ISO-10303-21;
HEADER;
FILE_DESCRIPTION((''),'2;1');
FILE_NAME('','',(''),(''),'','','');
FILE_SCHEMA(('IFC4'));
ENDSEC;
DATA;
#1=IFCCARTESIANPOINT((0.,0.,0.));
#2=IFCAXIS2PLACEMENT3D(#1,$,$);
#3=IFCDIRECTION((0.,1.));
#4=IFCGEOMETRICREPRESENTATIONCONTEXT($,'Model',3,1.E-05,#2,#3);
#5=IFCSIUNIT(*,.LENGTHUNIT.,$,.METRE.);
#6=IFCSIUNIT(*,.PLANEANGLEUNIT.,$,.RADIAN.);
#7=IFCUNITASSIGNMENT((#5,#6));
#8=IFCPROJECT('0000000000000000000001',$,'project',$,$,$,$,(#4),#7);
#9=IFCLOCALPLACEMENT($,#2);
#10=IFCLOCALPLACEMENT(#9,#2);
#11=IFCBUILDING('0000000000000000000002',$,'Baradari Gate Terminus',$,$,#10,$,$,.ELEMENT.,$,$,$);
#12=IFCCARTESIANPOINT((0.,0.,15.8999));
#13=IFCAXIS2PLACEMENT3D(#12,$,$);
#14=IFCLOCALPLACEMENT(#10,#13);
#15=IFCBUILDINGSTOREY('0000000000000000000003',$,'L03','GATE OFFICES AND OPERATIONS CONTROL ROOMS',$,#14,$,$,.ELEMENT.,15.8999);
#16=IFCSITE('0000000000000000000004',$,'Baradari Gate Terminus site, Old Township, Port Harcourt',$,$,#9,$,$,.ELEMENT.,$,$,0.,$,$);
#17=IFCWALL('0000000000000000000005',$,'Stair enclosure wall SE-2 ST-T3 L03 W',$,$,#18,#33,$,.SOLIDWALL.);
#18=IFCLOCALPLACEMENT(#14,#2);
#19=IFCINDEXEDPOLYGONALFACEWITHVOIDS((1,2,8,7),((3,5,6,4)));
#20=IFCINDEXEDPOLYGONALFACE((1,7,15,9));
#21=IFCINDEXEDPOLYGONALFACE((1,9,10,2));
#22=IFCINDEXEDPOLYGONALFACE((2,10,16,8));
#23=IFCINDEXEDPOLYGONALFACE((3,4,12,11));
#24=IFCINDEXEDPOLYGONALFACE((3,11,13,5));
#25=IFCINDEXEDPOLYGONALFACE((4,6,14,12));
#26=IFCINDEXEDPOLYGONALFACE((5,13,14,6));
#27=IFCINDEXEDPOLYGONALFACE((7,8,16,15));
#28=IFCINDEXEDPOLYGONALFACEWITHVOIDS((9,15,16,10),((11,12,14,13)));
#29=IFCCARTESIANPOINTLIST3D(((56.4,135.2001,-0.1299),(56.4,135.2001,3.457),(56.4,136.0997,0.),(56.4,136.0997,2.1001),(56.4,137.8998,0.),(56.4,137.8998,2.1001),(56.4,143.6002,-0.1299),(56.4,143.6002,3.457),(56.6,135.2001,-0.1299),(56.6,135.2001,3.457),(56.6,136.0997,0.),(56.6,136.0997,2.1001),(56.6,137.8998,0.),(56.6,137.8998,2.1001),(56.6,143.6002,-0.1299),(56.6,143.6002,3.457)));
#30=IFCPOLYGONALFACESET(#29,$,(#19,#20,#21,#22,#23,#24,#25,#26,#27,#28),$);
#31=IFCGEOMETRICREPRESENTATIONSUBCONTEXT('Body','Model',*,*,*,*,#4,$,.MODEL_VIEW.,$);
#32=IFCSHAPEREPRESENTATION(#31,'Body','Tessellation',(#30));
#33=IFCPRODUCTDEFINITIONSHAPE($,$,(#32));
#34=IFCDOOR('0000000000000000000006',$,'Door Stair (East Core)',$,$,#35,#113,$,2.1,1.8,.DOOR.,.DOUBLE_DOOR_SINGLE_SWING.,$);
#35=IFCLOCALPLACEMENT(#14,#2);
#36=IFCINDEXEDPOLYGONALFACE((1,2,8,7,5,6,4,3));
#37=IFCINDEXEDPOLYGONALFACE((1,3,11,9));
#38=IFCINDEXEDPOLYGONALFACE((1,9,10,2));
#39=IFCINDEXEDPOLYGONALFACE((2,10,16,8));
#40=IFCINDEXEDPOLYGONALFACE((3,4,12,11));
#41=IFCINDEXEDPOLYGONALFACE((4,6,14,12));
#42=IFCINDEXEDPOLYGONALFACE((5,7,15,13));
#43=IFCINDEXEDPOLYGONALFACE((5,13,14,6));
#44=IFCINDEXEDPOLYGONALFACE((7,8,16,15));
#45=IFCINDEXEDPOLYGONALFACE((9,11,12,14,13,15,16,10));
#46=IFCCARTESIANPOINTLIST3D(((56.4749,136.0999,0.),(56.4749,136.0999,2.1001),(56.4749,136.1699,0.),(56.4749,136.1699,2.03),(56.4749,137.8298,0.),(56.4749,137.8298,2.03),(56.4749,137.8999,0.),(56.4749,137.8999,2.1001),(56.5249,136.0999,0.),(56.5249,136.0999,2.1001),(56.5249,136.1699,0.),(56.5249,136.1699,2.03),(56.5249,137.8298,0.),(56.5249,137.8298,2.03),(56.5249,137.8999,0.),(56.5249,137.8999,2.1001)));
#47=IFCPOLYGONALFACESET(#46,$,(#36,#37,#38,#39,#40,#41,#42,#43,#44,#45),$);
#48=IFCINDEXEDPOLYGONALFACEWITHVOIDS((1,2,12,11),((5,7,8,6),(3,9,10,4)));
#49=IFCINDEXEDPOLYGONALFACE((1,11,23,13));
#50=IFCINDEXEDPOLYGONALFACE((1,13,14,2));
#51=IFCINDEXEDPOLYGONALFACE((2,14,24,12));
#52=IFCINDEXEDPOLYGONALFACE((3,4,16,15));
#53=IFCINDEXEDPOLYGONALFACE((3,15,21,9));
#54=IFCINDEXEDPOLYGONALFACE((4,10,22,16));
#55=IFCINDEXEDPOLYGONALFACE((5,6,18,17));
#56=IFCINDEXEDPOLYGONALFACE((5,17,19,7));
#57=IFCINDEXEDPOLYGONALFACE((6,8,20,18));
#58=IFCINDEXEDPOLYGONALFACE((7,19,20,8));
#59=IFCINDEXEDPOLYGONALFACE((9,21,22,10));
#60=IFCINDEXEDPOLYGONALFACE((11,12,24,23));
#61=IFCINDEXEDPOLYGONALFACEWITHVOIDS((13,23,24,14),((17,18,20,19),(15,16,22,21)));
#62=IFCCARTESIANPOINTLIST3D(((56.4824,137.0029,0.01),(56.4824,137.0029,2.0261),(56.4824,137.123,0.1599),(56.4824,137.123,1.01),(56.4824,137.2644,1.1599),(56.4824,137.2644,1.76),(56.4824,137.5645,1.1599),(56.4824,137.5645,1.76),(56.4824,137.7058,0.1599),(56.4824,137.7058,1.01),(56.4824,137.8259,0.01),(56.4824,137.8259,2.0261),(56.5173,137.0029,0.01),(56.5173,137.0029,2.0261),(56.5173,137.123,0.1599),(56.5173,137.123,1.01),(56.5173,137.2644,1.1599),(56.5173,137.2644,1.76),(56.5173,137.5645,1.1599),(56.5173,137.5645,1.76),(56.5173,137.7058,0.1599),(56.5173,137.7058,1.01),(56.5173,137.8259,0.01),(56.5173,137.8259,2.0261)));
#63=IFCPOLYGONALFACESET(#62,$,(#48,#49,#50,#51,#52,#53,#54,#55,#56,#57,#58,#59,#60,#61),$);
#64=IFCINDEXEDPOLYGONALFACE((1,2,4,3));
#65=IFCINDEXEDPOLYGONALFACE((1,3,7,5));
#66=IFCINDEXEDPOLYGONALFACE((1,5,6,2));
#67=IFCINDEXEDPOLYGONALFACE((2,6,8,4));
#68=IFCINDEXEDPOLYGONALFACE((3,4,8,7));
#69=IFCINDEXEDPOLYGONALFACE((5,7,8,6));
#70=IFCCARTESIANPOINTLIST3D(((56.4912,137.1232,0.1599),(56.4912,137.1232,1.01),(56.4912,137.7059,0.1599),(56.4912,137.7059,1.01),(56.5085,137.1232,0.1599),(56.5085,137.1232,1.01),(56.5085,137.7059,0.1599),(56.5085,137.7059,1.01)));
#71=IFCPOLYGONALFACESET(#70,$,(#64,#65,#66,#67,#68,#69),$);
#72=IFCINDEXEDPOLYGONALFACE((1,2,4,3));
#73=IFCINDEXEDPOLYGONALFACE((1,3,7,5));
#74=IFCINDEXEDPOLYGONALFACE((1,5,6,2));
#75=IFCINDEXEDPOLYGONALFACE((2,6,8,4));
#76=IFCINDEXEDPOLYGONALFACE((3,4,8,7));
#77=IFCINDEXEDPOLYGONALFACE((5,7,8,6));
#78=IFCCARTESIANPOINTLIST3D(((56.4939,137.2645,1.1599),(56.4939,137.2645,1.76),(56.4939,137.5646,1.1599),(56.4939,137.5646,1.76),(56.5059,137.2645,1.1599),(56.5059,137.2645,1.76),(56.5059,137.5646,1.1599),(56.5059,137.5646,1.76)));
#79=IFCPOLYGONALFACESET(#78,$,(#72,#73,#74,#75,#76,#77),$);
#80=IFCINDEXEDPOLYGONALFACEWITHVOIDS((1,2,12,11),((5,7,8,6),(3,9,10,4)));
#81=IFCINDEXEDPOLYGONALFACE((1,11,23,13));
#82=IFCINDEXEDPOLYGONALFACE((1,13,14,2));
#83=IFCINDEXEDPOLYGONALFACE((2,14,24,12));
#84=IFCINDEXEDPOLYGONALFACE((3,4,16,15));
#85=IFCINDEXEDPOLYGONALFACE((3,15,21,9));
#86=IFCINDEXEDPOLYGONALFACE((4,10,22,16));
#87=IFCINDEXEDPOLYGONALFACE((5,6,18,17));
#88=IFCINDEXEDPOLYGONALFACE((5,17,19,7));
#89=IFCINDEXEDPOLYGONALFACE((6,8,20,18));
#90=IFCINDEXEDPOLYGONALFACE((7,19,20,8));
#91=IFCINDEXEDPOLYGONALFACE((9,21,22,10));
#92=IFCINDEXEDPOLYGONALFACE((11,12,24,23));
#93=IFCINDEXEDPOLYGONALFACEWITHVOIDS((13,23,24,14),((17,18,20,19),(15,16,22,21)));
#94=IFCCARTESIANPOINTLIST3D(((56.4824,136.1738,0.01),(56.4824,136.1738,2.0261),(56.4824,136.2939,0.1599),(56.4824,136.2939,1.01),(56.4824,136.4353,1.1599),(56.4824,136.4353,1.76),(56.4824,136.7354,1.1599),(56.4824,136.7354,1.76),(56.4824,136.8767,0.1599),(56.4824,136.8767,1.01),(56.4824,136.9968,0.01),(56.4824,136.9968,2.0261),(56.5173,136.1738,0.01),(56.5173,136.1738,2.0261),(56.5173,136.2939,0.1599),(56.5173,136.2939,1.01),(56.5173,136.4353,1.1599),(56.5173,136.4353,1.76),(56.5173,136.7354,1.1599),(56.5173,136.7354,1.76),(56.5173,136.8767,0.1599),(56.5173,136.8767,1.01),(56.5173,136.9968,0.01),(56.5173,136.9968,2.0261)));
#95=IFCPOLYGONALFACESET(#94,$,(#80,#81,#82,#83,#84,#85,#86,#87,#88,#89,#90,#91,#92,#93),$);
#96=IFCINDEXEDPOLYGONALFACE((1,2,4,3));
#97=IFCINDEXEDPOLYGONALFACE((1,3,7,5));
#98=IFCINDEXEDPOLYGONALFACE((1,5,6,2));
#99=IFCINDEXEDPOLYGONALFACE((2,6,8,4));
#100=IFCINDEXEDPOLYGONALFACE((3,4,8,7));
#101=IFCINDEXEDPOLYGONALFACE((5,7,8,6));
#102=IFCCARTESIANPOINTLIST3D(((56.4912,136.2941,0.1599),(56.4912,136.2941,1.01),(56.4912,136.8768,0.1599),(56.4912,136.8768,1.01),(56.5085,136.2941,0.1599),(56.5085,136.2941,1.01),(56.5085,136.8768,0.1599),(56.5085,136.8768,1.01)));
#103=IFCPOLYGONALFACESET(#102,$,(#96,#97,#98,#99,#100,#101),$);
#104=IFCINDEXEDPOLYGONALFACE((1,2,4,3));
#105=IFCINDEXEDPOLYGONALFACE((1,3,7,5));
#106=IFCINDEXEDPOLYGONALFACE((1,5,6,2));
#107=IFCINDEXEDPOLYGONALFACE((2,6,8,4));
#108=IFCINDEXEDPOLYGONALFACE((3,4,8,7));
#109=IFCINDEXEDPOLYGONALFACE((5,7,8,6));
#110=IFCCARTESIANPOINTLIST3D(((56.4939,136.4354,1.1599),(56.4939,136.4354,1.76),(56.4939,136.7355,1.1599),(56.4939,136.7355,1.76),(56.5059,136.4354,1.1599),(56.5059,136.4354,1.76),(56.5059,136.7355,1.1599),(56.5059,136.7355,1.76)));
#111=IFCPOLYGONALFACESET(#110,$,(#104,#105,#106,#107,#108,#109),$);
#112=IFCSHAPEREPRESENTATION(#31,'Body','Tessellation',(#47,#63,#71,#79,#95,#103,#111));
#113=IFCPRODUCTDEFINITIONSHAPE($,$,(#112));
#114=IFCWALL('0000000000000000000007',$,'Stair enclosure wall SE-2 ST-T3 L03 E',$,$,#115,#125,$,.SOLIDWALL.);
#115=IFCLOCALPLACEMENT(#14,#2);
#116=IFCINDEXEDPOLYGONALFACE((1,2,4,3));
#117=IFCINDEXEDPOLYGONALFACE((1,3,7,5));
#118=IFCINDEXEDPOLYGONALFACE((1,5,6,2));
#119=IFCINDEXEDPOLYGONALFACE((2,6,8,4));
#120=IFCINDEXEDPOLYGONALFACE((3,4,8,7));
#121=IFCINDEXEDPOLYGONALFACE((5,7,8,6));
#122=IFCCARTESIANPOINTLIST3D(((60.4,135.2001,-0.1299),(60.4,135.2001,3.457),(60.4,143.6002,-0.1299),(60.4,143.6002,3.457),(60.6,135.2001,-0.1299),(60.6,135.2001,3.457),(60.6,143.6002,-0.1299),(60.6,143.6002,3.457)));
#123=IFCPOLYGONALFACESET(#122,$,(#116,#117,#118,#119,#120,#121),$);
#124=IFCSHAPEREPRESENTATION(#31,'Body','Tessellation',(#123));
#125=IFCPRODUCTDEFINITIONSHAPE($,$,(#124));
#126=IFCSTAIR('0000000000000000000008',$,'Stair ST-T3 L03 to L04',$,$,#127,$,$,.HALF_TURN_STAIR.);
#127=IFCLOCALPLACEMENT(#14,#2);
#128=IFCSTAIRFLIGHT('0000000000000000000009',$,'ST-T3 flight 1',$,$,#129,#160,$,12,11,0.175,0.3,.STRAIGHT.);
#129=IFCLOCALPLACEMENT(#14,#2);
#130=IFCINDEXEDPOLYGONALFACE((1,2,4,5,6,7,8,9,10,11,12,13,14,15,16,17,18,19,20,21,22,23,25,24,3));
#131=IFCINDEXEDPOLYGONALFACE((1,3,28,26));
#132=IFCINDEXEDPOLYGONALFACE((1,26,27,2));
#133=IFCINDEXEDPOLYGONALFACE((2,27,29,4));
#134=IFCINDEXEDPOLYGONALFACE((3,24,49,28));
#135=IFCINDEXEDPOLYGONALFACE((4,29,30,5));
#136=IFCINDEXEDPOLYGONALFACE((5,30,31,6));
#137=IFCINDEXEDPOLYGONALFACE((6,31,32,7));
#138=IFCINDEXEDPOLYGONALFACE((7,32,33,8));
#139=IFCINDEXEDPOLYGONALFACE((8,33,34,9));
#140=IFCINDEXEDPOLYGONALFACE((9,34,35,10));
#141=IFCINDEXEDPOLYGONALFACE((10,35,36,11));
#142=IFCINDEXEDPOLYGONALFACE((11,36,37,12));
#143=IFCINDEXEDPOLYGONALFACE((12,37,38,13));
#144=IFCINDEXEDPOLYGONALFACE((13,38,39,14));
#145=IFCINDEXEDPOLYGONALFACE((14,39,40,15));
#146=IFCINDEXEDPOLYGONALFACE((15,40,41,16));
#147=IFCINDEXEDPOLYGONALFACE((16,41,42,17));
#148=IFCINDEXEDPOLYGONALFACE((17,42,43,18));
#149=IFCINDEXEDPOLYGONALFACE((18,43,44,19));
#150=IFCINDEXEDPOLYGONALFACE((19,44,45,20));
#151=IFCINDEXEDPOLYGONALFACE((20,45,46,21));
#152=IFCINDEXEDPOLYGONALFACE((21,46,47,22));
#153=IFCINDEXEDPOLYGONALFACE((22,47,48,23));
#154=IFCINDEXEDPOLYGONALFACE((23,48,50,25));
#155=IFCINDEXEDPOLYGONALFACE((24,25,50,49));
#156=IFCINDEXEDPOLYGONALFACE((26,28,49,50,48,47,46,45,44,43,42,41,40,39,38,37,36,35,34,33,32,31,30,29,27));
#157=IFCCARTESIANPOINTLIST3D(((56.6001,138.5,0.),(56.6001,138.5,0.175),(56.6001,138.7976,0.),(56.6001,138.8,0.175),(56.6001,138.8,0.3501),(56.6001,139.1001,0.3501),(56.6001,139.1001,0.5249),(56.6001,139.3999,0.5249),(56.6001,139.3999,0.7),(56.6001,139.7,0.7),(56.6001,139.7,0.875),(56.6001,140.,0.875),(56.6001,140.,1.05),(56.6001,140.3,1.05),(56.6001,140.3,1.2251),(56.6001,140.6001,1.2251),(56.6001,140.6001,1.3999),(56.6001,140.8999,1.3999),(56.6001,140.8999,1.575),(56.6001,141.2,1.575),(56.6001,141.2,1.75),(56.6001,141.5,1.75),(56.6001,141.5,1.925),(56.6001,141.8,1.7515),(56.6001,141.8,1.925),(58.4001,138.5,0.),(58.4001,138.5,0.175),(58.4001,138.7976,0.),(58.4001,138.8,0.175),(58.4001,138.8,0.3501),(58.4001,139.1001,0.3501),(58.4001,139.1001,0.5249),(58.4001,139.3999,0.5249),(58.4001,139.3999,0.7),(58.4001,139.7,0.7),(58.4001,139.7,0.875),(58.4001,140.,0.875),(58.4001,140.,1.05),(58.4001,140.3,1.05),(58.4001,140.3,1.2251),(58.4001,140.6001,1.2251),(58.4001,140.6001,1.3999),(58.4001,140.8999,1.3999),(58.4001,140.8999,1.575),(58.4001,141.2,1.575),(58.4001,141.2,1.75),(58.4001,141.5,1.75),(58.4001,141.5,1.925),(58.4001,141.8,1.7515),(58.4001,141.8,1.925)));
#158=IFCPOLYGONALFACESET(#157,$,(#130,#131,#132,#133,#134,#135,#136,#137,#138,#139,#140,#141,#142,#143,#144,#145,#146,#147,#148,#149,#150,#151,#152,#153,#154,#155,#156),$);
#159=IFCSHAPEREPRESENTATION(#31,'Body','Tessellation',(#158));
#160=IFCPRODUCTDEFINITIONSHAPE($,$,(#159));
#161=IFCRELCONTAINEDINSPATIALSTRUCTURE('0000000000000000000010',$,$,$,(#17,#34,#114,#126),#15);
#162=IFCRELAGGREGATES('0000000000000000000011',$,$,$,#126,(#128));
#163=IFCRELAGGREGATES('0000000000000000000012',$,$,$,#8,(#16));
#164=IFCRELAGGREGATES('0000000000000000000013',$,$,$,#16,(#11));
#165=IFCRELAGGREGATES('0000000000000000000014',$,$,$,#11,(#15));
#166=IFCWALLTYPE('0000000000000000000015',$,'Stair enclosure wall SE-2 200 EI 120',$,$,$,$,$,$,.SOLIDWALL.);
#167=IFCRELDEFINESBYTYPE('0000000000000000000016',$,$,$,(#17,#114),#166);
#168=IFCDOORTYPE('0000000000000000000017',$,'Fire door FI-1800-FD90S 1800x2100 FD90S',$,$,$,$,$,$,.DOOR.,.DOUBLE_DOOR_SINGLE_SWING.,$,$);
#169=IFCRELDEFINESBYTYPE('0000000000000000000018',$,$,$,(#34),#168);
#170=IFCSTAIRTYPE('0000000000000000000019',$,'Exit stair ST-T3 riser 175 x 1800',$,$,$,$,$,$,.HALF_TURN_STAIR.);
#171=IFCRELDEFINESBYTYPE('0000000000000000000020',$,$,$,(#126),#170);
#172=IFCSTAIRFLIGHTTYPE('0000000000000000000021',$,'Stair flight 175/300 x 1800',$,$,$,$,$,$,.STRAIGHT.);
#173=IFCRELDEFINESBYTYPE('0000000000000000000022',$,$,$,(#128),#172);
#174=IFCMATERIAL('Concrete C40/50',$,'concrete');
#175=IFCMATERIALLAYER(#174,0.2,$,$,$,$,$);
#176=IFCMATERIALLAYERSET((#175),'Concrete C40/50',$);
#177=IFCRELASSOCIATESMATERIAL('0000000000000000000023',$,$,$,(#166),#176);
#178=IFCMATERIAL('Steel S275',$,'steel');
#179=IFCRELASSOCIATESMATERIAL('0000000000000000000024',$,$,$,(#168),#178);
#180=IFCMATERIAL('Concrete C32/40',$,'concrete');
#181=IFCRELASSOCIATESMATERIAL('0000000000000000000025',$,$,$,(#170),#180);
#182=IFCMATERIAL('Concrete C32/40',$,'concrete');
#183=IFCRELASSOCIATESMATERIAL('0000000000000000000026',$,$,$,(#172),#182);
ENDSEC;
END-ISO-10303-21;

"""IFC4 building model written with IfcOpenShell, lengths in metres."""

from ifc_helpers import new_model, si_unit, direction, frame, frame_2d, origin, place, context, subcontext, project, spatial, polyline, rectangle, outline, extrude, material, layer, layer_set, type_object, element, fill, aggregate, save


model = new_model("IFC4")

# Units and contexts
model_context = context("Model", 3, precision=1e-05, world=origin(), true_north=direction((0.0, 1.0)))
body_context = subcontext(model_context, "Body", "Model", "MODEL_VIEW")
ifc_project = project(units=[si_unit("LENGTHUNIT", "METRE"), si_unit("PLANEANGLEUNIT", "RADIAN")], contexts=[model_context])

# Site, building, storey
site_placement = place(None, origin())
site = spatial("IfcSite", under=ifc_project, at=site_placement, Name="Baradari Gate Terminus site, Old Township, Port Harcourt", CompositionType="ELEMENT", RefElevation=0.0)
building_placement = place(site_placement, origin())
building = spatial("IfcBuilding", under=site, at=building_placement, Name="Baradari Gate Terminus", CompositionType="ELEMENT")
storey_placement = place(building_placement, frame((0.0, 0.0, 15.8999)))
storey = spatial("IfcBuildingStorey", under=building, at=storey_placement, Name="L03", Description="GATE OFFICES AND OPERATIONS CONTROL ROOMS", CompositionType="ELEMENT", Elevation=15.8999)

# Wall, opening, door
ifc_material_1 = material(Name="Concrete C40/50", Category="concrete")
ifc_layer_1 = layer(ifc_material_1, 0.2)
ifc_layer_set_1 = layer_set([ifc_layer_1], Name="Concrete C40/50")
wall_type_1 = type_object("IfcWallType", Name="Stair enclosure wall SE-2 200 EI 120", PredefinedType="SOLIDWALL", material=ifc_layer_set_1)
ifc_material_2 = material(Name="Steel S275", Category="steel")
door_type_1 = type_object("IfcDoorType", Name="Fire door FI-1800-FD90S 1800x2100 FD90S", OperationType="DOUBLE_DOOR_SINGLE_SWING", PredefinedType="DOOR", material=ifc_material_2)
wall_1_placement = place(storey_placement, frame((56.5, 135.2, -0.1299), z_axis=(0.0, 0.0, 1.0), x_axis=(0.0, 1.0, 0.0)))
wall_1 = element("IfcWall", 1, at=wall_1_placement, inside=storey, type_object=wall_type_1, Name="Stair enclosure wall SE-2 ST-T3 L03 W", PredefinedType="SOLIDWALL", context=body_context, shape_type="SweptSolid", body=[
    extrude(rectangle(XDim=8.4001, YDim=0.2, at=frame_2d((4.2002, 0.0))), origin(), (0.0, 0.0, 1.0), 3.5869),
])
opening_1_placement = place(wall_1_placement, frame((0.8999, 0.0, 0.1299)))
opening_1 = element("IfcOpeningElement", 2, at=opening_1_placement, cuts=wall_1, PredefinedType="OPENING", context=body_context, shape_type="SweptSolid", body=[
    extrude(rectangle(XDim=1.8, YDim=2.1001, at=frame_2d((0.8999, 1.05))), frame((0.0, 0.1099, 0.0), z_axis=(0.0, -1.0, 0.0), x_axis=(1.0, 0.0, 0.0)), (0.0, 0.0, 1.0), 0.22),
])
door_1_placement = place(opening_1_placement, frame((1.8, 0.0, 0.0), z_axis=(0.0, 0.0, 1.0), x_axis=(-1.0, 0.0, 0.0)))
door_1 = element("IfcDoor", 3, at=door_1_placement, inside=storey, type_object=door_type_1, Name="Door Stair (East Core)", OperationType="DOUBLE_DOOR_SINGLE_SWING", OverallHeight=2.1, OverallWidth=1.8, PredefinedType="DOOR", context=body_context, shape_type="SweptSolid", body=[
    extrude(outline(polyline([(0.0, 0.0), (0.0701, 0.0), (0.0701, 2.03), (1.73, 2.03), (1.73, 0.0), (1.8, 0.0), (1.8, 2.1001), (0.0, 2.1001), (0.0, 0.0)])), frame((0.0, 0.0249, 0.0), z_axis=(0.0, -1.0, 0.0), x_axis=(1.0, 0.0, 0.0)), (0.0, 0.0, 1.0), 0.05),
    extrude(outline(polyline([(0.074, 0.01), (0.897, 0.01), (0.897, 2.0261), (0.074, 2.0261), (0.074, 0.01)]), holes=[polyline([(0.1941, 0.1599), (0.7769, 0.1599), (0.7769, 1.01), (0.1941, 1.01), (0.1941, 0.1599)]), polyline([(0.3354, 1.1599), (0.6355, 1.1599), (0.6355, 1.76), (0.3354, 1.76), (0.3354, 1.1599)])]), frame((0.0, 0.0173, 0.0), z_axis=(0.0, -1.0, 0.0), x_axis=(1.0, 0.0, 0.0)), (0.0, 0.0, 1.0), 0.0349),
    extrude(rectangle(XDim=0.5828, YDim=0.8501, at=frame_2d((0.4854, 0.585))), frame((0.0, 0.0085, 0.0), z_axis=(0.0, -1.0, 0.0), x_axis=(1.0, 0.0, 0.0)), (0.0, 0.0, 1.0), 0.0173),
    extrude(rectangle(XDim=0.3, YDim=0.6001, at=frame_2d((0.4854, 1.46))), frame((0.0, 0.0059, 0.0), z_axis=(0.0, -1.0, 0.0), x_axis=(1.0, 0.0, 0.0)), (0.0, 0.0, 1.0), 0.012),
    extrude(outline(polyline([(0.9031, 0.01), (1.7261, 0.01), (1.7261, 2.0261), (0.9031, 2.0261), (0.9031, 0.01)]), holes=[polyline([(1.0232, 0.1599), (1.606, 0.1599), (1.606, 1.01), (1.0232, 1.01), (1.0232, 0.1599)]), polyline([(1.1646, 1.1599), (1.4646, 1.1599), (1.4646, 1.76), (1.1646, 1.76), (1.1646, 1.1599)])]), frame((0.0, 0.0173, 0.0), z_axis=(0.0, -1.0, 0.0), x_axis=(1.0, 0.0, 0.0)), (0.0, 0.0, 1.0), 0.0349),
    extrude(rectangle(XDim=0.5828, YDim=0.8501, at=frame_2d((1.3145, 0.585))), frame((0.0, 0.0085, 0.0), z_axis=(0.0, -1.0, 0.0), x_axis=(1.0, 0.0, 0.0)), (0.0, 0.0, 1.0), 0.0173),
    extrude(rectangle(XDim=0.3, YDim=0.6001, at=frame_2d((1.3145, 1.46))), frame((0.0, 0.0059, 0.0), z_axis=(0.0, -1.0, 0.0), x_axis=(1.0, 0.0, 0.0)), (0.0, 0.0, 1.0), 0.012),
])
fill(opening_1, door_1)

# Wall
wall_2_placement = place(storey_placement, frame((60.5, 135.2, -0.1299), z_axis=(0.0, 0.0, 1.0), x_axis=(0.0, 1.0, 0.0)))
element("IfcWall", 4, at=wall_2_placement, inside=storey, type_object=wall_type_1, Name="Stair enclosure wall SE-2 ST-T3 L03 E", PredefinedType="SOLIDWALL", context=body_context, shape_type="SweptSolid", body=[
    extrude(rectangle(XDim=8.4001, YDim=0.2, at=frame_2d((4.2002, 0.0))), origin(), (0.0, 0.0, 1.0), 3.5869),
])

# Stair, stair flight
ifc_material_3 = material(Name="Concrete C32/40", Category="concrete")
stair_type = type_object("IfcStairType", Name="Exit stair ST-T3 riser 175 x 1800", PredefinedType="HALF_TURN_STAIR", material=ifc_material_3)
stair_placement = place(storey_placement, origin())
stair = element("IfcStair", 5, at=stair_placement, inside=storey, type_object=stair_type, Name="Stair ST-T3 L03 to L04", PredefinedType="HALF_TURN_STAIR")
ifc_material_4 = material(Name="Concrete C32/40", Category="concrete")
stair_flight_type = type_object("IfcStairFlightType", Name="Stair flight 175/300 x 1800", PredefinedType="STRAIGHT", material=ifc_material_4)
stair_flight_placement = place(storey_placement, frame((57.5, 138.5, 0.0), z_axis=(0.0, 0.0, 1.0), x_axis=(0.0, 1.0, 0.0)))
stair_flight = element("IfcStairFlight", 6, at=stair_flight_placement, type_object=stair_flight_type, Name="ST-T3 flight 1", NumberOfRisers=12, NumberOfTreads=11, PredefinedType="STRAIGHT", RiserHeight=0.175, TreadLength=0.3, context=body_context, shape_type="SweptSolid", body=[
    extrude(outline(polyline([(0.0, 0.0), (0.0, 0.175), (0.3, 0.175), (0.3, 0.3501), (0.6001, 0.3501), (0.6001, 0.5249), (0.8999, 0.5249), (0.8999, 0.7), (1.2, 0.7), (1.2, 0.875), (1.5, 0.875), (1.5, 1.05), (1.8, 1.05), (1.8, 1.2251), (2.1001, 1.2251), (2.1001, 1.3999), (2.3999, 1.3999), (2.3999, 1.575), (2.7, 1.575), (2.7, 1.75), (3.0, 1.75), (3.0, 1.925), (3.3, 1.925), (3.3, 2.1001), (3.3, 1.7515), (0.2976, 0.0), (0.0, 0.0)])), frame((0.0, 0.8999, 0.0), z_axis=(0.0, -1.0, 0.0), x_axis=(1.0, 0.0, 0.0)), (0.0, 0.0, 1.0), 1.8),
])
aggregate(stair, [stair_flight])

save(model, "model.ifc")
